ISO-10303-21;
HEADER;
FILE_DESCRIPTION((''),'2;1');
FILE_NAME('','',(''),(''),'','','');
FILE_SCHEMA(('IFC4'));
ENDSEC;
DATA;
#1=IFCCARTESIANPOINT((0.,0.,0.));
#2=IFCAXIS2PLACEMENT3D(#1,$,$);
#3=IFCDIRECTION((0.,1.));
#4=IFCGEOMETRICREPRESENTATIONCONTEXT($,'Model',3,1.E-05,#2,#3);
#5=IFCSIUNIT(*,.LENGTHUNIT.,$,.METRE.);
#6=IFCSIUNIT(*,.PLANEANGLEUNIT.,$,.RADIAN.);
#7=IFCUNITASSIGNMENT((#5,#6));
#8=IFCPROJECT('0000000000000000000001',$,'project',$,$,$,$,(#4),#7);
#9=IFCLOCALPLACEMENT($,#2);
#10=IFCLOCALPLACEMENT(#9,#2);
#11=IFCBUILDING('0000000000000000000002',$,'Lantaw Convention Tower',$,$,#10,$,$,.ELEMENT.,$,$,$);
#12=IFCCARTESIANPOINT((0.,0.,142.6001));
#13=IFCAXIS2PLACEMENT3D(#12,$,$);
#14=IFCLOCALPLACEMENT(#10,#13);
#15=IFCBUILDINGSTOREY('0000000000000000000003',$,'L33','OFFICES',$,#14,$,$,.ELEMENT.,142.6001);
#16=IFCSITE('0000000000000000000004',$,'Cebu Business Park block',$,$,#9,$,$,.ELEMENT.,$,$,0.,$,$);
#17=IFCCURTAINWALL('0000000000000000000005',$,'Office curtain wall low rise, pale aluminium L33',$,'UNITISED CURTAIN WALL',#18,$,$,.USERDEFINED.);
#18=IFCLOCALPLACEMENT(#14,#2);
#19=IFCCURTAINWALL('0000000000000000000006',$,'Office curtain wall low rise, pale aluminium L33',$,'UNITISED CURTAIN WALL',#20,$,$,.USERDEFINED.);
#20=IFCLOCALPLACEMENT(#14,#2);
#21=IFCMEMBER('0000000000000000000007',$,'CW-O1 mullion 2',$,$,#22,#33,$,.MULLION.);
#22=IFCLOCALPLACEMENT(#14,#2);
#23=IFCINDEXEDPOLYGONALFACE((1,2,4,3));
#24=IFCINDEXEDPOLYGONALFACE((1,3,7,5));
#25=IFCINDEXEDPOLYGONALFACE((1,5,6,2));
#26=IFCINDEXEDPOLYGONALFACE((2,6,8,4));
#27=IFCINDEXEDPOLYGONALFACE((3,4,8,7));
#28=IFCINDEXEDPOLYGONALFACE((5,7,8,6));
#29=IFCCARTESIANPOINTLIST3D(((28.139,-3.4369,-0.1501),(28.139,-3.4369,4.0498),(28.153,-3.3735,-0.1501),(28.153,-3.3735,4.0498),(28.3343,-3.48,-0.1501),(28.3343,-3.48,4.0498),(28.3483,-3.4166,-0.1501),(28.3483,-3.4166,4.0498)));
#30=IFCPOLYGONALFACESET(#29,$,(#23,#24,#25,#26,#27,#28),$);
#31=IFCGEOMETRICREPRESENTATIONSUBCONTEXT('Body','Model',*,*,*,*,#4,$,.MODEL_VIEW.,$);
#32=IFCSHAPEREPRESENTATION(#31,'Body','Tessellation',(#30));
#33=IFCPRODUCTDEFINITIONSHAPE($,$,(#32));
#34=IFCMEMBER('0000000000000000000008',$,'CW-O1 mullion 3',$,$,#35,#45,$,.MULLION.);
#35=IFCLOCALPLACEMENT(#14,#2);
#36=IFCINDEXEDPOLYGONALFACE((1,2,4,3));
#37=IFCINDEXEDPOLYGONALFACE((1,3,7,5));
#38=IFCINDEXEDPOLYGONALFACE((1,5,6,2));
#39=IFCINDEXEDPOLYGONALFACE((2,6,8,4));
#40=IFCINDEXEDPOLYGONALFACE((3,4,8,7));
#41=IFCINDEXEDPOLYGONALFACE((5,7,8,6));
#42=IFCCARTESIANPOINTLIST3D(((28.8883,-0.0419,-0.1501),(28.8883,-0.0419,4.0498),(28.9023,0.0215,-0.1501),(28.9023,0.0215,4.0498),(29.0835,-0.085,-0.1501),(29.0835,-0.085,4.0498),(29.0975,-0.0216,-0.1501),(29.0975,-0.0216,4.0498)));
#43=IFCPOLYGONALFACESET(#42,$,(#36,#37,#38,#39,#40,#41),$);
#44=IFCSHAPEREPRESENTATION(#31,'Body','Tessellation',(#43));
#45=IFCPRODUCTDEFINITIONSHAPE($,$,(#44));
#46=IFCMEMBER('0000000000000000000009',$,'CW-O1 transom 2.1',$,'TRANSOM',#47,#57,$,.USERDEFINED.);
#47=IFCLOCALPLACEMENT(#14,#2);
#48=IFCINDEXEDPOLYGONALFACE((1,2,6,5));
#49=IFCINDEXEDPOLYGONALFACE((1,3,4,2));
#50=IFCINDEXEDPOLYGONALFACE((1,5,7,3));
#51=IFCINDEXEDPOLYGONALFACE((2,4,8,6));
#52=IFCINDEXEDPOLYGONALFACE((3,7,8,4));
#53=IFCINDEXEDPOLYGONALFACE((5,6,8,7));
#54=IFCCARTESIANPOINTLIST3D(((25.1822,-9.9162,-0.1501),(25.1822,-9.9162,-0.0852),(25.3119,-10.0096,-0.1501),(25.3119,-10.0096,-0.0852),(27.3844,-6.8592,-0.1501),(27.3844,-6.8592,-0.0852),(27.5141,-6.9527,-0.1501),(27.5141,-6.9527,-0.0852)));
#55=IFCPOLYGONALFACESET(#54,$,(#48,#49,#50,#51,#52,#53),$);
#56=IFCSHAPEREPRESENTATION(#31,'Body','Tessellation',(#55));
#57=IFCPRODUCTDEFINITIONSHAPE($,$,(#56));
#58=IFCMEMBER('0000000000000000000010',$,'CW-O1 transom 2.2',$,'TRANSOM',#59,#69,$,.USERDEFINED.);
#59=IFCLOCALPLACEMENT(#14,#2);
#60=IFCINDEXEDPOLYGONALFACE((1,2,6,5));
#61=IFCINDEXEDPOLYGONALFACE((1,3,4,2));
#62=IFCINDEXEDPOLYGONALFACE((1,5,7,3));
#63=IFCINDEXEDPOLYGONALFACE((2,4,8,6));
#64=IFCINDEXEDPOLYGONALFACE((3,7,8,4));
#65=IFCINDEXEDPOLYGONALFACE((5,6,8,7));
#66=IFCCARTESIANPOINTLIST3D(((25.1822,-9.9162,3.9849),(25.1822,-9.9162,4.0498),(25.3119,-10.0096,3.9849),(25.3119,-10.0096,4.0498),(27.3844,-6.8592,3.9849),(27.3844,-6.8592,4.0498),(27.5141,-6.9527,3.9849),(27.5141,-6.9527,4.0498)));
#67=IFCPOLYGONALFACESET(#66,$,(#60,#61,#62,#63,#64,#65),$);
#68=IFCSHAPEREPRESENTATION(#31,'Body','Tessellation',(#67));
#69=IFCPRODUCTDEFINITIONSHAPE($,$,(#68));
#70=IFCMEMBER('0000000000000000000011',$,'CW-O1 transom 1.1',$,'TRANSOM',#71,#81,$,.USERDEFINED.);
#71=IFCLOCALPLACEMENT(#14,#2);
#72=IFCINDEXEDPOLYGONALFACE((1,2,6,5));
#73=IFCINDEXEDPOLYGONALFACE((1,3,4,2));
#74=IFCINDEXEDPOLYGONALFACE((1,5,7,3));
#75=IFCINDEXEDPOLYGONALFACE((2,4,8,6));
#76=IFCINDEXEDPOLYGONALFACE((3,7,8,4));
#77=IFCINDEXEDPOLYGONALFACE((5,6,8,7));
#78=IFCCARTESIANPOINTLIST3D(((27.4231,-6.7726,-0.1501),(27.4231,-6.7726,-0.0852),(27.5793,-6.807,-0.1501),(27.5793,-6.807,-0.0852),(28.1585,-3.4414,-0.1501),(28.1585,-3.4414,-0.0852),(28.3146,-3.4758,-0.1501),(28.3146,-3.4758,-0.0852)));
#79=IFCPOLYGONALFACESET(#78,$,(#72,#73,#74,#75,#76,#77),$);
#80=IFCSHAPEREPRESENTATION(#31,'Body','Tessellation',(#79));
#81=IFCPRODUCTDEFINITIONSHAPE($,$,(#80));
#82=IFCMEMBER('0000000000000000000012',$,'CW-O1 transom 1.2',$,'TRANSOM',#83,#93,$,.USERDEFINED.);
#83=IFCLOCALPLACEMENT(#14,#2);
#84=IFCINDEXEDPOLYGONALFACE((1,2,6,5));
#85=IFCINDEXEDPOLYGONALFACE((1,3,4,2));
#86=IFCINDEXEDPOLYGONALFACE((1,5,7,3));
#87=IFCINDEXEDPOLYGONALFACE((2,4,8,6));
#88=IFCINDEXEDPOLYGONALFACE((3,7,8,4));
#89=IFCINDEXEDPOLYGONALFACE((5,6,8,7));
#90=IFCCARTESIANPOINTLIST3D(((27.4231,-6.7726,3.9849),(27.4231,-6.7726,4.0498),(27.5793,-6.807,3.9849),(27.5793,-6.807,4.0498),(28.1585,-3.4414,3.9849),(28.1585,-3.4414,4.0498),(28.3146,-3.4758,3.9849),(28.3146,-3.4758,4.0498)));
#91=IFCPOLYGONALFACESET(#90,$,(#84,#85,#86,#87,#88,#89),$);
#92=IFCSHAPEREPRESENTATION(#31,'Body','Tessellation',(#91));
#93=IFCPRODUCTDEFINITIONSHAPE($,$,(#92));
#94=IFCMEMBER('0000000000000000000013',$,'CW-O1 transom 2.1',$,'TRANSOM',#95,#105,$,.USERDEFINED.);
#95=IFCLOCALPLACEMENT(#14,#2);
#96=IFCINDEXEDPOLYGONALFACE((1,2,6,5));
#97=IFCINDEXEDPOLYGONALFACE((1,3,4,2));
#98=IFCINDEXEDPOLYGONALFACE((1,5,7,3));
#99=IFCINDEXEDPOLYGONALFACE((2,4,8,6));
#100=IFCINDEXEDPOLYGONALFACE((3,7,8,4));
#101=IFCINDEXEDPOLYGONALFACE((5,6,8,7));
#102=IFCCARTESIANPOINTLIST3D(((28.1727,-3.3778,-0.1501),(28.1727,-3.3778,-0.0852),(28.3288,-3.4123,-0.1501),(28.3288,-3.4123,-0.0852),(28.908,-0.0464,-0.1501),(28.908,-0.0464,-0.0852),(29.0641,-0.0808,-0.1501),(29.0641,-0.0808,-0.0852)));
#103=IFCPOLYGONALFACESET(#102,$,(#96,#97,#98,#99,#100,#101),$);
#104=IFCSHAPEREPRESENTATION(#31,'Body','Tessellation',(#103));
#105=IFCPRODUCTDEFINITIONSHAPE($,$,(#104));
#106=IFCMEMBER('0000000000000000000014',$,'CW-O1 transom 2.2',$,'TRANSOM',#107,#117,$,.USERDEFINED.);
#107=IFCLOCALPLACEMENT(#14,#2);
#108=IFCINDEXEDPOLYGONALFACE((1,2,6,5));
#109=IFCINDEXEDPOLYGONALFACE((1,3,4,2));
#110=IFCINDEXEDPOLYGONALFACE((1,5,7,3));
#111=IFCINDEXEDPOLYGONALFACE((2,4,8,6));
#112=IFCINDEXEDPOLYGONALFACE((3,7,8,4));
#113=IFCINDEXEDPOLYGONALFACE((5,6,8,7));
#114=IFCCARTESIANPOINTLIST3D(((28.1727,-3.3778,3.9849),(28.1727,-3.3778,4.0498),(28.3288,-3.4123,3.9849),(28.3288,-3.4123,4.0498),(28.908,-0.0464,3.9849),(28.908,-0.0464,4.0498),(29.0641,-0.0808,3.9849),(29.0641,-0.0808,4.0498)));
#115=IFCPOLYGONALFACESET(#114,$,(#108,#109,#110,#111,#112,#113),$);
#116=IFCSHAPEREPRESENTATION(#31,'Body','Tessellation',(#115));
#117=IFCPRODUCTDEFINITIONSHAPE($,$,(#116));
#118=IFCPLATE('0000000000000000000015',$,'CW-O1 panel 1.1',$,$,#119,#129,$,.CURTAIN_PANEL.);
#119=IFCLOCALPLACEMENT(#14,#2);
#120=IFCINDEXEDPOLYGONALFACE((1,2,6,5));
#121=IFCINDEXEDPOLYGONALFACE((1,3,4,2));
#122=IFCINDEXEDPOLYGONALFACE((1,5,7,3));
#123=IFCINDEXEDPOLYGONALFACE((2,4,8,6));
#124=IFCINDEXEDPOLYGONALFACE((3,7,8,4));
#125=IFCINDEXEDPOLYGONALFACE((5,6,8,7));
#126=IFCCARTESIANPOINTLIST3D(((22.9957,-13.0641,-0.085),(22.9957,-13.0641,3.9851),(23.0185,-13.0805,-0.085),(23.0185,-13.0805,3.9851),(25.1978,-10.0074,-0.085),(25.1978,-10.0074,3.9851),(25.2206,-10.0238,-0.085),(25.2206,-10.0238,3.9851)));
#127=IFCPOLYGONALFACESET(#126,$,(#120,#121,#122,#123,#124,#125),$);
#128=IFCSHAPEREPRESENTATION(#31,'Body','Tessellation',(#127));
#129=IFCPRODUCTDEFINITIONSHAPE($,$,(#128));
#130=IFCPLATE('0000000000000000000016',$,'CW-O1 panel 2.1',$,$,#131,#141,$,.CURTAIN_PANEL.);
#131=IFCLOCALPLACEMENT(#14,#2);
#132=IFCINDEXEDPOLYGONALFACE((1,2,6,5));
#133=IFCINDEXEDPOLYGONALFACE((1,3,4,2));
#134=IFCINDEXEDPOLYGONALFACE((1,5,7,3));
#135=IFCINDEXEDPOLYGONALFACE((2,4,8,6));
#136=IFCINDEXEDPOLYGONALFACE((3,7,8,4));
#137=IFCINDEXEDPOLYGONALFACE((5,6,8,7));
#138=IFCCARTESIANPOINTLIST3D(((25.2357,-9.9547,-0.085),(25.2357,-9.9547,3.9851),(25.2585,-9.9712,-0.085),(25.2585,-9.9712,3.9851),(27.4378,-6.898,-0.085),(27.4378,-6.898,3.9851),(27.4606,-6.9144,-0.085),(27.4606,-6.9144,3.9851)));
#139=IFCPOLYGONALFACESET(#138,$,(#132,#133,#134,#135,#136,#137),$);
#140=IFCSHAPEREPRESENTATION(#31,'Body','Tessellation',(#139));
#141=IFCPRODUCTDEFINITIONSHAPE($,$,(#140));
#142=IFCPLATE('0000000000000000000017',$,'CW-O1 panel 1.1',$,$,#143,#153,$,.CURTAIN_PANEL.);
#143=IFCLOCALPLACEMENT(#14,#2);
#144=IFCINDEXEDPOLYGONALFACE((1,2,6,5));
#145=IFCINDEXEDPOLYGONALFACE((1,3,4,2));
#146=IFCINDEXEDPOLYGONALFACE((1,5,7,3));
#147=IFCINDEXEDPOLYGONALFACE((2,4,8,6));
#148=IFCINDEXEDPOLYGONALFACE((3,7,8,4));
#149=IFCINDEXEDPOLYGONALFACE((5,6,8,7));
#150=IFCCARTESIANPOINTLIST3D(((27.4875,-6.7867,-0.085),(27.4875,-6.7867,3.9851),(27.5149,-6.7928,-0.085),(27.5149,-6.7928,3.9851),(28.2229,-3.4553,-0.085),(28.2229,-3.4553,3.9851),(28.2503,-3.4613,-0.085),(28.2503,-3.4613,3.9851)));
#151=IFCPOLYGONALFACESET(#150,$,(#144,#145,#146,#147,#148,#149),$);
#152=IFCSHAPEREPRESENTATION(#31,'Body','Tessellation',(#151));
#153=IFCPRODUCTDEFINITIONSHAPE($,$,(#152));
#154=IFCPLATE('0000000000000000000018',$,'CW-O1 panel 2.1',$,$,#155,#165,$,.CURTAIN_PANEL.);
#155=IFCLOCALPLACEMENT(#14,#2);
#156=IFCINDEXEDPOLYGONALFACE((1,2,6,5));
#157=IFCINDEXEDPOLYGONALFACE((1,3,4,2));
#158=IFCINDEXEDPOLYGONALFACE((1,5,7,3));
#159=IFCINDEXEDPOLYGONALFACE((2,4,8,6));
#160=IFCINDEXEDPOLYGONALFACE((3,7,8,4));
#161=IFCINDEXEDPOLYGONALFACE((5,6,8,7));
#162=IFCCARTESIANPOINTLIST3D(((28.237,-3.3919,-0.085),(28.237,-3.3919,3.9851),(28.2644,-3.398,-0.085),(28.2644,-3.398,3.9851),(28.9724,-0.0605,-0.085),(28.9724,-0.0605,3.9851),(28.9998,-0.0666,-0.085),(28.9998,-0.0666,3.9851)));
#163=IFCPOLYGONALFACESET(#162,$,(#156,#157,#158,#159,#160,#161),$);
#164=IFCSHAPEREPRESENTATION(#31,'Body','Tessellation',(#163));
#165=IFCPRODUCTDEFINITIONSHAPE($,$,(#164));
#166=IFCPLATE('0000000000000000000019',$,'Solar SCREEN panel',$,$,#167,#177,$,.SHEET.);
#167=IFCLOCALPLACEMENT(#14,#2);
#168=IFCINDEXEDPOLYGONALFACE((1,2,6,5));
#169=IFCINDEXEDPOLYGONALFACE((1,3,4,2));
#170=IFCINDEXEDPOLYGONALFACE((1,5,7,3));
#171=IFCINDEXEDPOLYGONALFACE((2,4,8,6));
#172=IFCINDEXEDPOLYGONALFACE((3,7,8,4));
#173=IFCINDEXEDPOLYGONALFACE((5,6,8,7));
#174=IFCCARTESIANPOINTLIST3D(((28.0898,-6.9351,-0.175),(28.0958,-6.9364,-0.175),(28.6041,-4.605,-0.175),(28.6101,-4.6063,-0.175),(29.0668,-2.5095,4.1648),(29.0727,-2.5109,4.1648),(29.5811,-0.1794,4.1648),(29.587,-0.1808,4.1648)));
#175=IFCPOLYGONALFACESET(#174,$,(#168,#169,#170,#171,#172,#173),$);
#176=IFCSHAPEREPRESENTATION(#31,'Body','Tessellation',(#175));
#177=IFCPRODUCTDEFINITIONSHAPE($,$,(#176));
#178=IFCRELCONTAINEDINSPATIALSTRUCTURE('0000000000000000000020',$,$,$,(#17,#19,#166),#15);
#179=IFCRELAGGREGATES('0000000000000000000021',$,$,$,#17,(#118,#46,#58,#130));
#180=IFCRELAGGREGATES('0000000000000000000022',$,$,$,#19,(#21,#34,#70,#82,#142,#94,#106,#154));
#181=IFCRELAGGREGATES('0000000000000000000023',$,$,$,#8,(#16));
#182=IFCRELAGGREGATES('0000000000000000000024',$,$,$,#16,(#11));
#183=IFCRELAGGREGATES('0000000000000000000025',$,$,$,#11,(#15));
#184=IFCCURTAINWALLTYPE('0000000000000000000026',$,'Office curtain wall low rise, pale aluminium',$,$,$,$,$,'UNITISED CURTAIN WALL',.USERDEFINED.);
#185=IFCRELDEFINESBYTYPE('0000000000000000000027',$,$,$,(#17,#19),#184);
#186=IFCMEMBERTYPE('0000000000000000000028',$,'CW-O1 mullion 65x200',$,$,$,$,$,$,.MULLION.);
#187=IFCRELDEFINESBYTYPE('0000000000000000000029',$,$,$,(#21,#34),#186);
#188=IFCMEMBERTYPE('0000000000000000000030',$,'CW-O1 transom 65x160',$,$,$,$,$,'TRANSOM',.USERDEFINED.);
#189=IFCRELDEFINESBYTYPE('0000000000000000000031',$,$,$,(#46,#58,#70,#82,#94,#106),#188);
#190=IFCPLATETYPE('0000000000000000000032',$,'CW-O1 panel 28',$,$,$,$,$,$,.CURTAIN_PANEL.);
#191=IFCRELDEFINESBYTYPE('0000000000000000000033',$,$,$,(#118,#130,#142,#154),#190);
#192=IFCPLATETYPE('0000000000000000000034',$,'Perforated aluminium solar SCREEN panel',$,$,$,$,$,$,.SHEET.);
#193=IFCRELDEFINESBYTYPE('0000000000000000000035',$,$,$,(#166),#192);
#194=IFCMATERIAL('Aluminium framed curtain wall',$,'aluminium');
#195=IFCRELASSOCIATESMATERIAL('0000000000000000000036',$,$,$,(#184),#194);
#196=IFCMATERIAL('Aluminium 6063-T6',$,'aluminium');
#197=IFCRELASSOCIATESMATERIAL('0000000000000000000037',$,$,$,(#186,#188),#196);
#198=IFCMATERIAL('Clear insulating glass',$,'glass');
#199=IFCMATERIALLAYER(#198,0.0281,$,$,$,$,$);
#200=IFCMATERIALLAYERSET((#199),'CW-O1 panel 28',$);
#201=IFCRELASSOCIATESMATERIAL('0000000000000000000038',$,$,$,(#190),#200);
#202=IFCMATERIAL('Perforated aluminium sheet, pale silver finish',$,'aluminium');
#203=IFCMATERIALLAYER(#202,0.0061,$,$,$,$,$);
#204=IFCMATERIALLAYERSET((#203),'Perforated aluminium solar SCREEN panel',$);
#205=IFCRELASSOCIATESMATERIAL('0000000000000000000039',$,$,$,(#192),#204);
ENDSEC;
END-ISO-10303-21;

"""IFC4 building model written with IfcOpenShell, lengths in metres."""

from ifc_helpers import new_model, si_unit, direction, frame, origin, origin_2d, place, context, subcontext, project, spatial, polyline, rectangle, outline, extrude, material, layer, layer_set, material_profile, profile_set, type_object, element, aggregate, save


model = new_model("IFC4")

# Units and contexts
model_context = context("Model", 3, precision=1e-05, world=origin(), true_north=direction((0.0, 1.0)))
body_context = subcontext(model_context, "Body", "Model", "MODEL_VIEW")
ifc_project = project(units=[si_unit("LENGTHUNIT", "METRE"), si_unit("PLANEANGLEUNIT", "RADIAN")], contexts=[model_context])

# Site, building, storey
site_placement = place(None, origin())
site = spatial("IfcSite", under=ifc_project, at=site_placement, Name="Cebu Business Park block", CompositionType="ELEMENT", RefElevation=0.0)
building_placement = place(site_placement, origin())
building = spatial("IfcBuilding", under=site, at=building_placement, Name="Lantaw Convention Tower", CompositionType="ELEMENT")
storey_placement = place(building_placement, frame((0.0, 0.0, 142.6001)))
storey = spatial("IfcBuildingStorey", under=building, at=storey_placement, Name="L33", Description="OFFICES", CompositionType="ELEMENT", Elevation=142.6001)

# Curtain walls, members
ifc_material_1 = material(Name="Aluminium framed curtain wall", Category="aluminium")
curtain_wall_type = type_object("IfcCurtainWallType", Name="Office curtain wall low rise, pale aluminium", ElementType="UNITISED CURTAIN WALL", PredefinedType="USERDEFINED", material=ifc_material_1)
curtain_wall_1_placement = place(storey_placement, origin())
curtain_wall_1 = element("IfcCurtainWall", 1, at=curtain_wall_1_placement, inside=storey, type_object=curtain_wall_type, Name="Office curtain wall low rise, pale aluminium L33", ObjectType="UNITISED CURTAIN WALL", PredefinedType="USERDEFINED")
ifc_material_2 = material(Name="Aluminium 6063-T6", Category="aluminium")
ifc_material_profile_1 = material_profile(ifc_material_2, rectangle(XDim=0.2, YDim=0.0649, at=origin_2d()), Name="CW-O1 mullion 65x200")
ifc_profile_set_1 = profile_set([ifc_material_profile_1], Name="Aluminium 6063-T6")
member_type_1 = type_object("IfcMemberType", Name="CW-O1 mullion 65x200", PredefinedType="MULLION", material=ifc_profile_set_1)
curtain_wall_2_placement = place(storey_placement, origin())
curtain_wall_2 = element("IfcCurtainWall", 2, at=curtain_wall_2_placement, inside=storey, type_object=curtain_wall_type, Name="Office curtain wall low rise, pale aluminium L33", ObjectType="UNITISED CURTAIN WALL", PredefinedType="USERDEFINED")
member_1_placement = place(storey_placement, frame((28.2437, -3.4268, -0.1501), z_axis=(0.0, 0.0, 1.0), x_axis=(-0.976494, 0.215546, 0.0)))
member_1 = element("IfcMember", 3, at=member_1_placement, type_object=member_type_1, Name="CW-O1 mullion 2", PredefinedType="MULLION", context=body_context, shape_type="SweptSolid", body=[
    extrude(rectangle(XDim=0.2, YDim=0.0649, at=origin_2d()), origin(), (0.0, 0.0, 1.0), 4.2),
])
member_2_placement = place(storey_placement, frame((28.9929, -0.0317, -0.1501), z_axis=(0.0, 0.0, 1.0), x_axis=(-0.976494, 0.215546, 0.0)))
member_2 = element("IfcMember", 4, at=member_2_placement, type_object=member_type_1, Name="CW-O1 mullion 3", PredefinedType="MULLION", context=body_context, shape_type="SweptSolid", body=[
    extrude(rectangle(XDim=0.2, YDim=0.0649, at=origin_2d()), origin(), (0.0, 0.0, 1.0), 4.2),
])

# Members
ifc_material_profile_2 = material_profile(ifc_material_2, rectangle(XDim=0.1599, YDim=0.0649, at=origin_2d()), Name="CW-O1 transom 65x160")
ifc_profile_set_2 = profile_set([ifc_material_profile_2], Name="Aluminium 6063-T6")
member_type_2 = type_object("IfcMemberType", Name="CW-O1 transom 65x160", ElementType="TRANSOM", PredefinedType="USERDEFINED", material=ifc_profile_set_2)
member_3_placement = place(storey_placement, frame((25.2471, -9.9629, -0.1177), z_axis=(0.584513, 0.811384, 0.0), x_axis=(-0.811384, 0.584513, 0.0)))
member_3 = element("IfcMember", 5, at=member_3_placement, type_object=member_type_2, Name="CW-O1 transom 2.1", ObjectType="TRANSOM", PredefinedType="USERDEFINED", context=body_context, shape_type="SweptSolid", body=[
    extrude(rectangle(XDim=0.1599, YDim=0.0649, at=origin_2d()), origin(), (0.0, 0.0, 1.0), 3.7676),
])
member_4_placement = place(storey_placement, frame((25.2471, -9.9629, 4.0173), z_axis=(0.584513, 0.811384, 0.0), x_axis=(-0.811384, 0.584513, 0.0)))
member_4 = element("IfcMember", 6, at=member_4_placement, type_object=member_type_2, Name="CW-O1 transom 2.2", ObjectType="TRANSOM", PredefinedType="USERDEFINED", context=body_context, shape_type="SweptSolid", body=[
    extrude(rectangle(XDim=0.1599, YDim=0.0649, at=origin_2d()), origin(), (0.0, 0.0, 1.0), 3.7676),
])
member_5_placement = place(storey_placement, frame((27.5012, -6.7898, -0.1177), z_axis=(0.215551, 0.976493, 0.0), x_axis=(-0.976493, 0.215551, 0.0)))
member_5 = element("IfcMember", 7, at=member_5_placement, type_object=member_type_2, Name="CW-O1 transom 1.1", ObjectType="TRANSOM", PredefinedType="USERDEFINED", context=body_context, shape_type="SweptSolid", body=[
    extrude(rectangle(XDim=0.1599, YDim=0.0649, at=origin_2d()), origin(), (0.0, 0.0, 1.0), 3.4114),
])
member_6_placement = place(storey_placement, frame((27.5012, -6.7898, 4.0173), z_axis=(0.215551, 0.976493, 0.0), x_axis=(-0.976493, 0.215551, 0.0)))
member_6 = element("IfcMember", 8, at=member_6_placement, type_object=member_type_2, Name="CW-O1 transom 1.2", ObjectType="TRANSOM", PredefinedType="USERDEFINED", context=body_context, shape_type="SweptSolid", body=[
    extrude(rectangle(XDim=0.1599, YDim=0.0649, at=origin_2d()), origin(), (0.0, 0.0, 1.0), 3.4114),
])
member_7_placement = place(storey_placement, frame((28.2507, -3.395, -0.1177), z_axis=(0.215536, 0.976496, 0.0), x_axis=(-0.976496, 0.215536, 0.0)))
member_7 = element("IfcMember", 9, at=member_7_placement, type_object=member_type_2, Name="CW-O1 transom 2.1", ObjectType="TRANSOM", PredefinedType="USERDEFINED", context=body_context, shape_type="SweptSolid", body=[
    extrude(rectangle(XDim=0.1599, YDim=0.0649, at=origin_2d()), origin(), (0.0, 0.0, 1.0), 3.4116),
])
member_8_placement = place(storey_placement, frame((28.2507, -3.395, 4.0173), z_axis=(0.215536, 0.976496, 0.0), x_axis=(-0.976496, 0.215536, 0.0)))
member_8 = element("IfcMember", 10, at=member_8_placement, type_object=member_type_2, Name="CW-O1 transom 2.2", ObjectType="TRANSOM", PredefinedType="USERDEFINED", context=body_context, shape_type="SweptSolid", body=[
    extrude(rectangle(XDim=0.1599, YDim=0.0649, at=origin_2d()), origin(), (0.0, 0.0, 1.0), 3.4116),
])

# Plates
ifc_material_3 = material(Name="Clear insulating glass", Category="glass")
ifc_layer_1 = layer(ifc_material_3, 0.0281)
ifc_layer_set_1 = layer_set([ifc_layer_1], Name="CW-O1 panel 28")
plate_type_1 = type_object("IfcPlateType", Name="CW-O1 panel 28", PredefinedType="CURTAIN_PANEL", material=ifc_layer_set_1)
plate_1_placement = place(storey_placement, frame((24.1082, -11.5439, -0.085), z_axis=(0.0, 0.0, 1.0), x_axis=(0.584513, 0.811385, 0.0)))
plate_1 = element("IfcPlate", 11, at=plate_1_placement, type_object=plate_type_1, Name="CW-O1 panel 1.1", PredefinedType="CURTAIN_PANEL", context=body_context, shape_type="SweptSolid", body=[
    extrude(rectangle(XDim=3.7673, YDim=0.0281, at=origin_2d()), origin(), (0.0, 0.0, 1.0), 4.0701),
])
plate_2_placement = place(storey_placement, frame((26.3481, -8.4346, -0.085), z_axis=(0.0, 0.0, 1.0), x_axis=(0.584513, 0.811385, 0.0)))
plate_2 = element("IfcPlate", 12, at=plate_2_placement, type_object=plate_type_1, Name="CW-O1 panel 2.1", PredefinedType="CURTAIN_PANEL", context=body_context, shape_type="SweptSolid", body=[
    extrude(rectangle(XDim=3.7673, YDim=0.0281, at=origin_2d()), origin(), (0.0, 0.0, 1.0), 4.0701),
])
aggregate(curtain_wall_1, [plate_1, member_3, member_4, plate_2])
plate_3_placement = place(storey_placement, frame((27.8689, -5.124, -0.085), z_axis=(0.0, 0.0, 1.0), x_axis=(0.215546, 0.976494, 0.0)))
plate_3 = element("IfcPlate", 13, at=plate_3_placement, type_object=plate_type_1, Name="CW-O1 panel 1.1", PredefinedType="CURTAIN_PANEL", context=body_context, shape_type="SweptSolid", body=[
    extrude(rectangle(XDim=3.4116, YDim=0.0281, at=origin_2d()), origin(), (0.0, 0.0, 1.0), 4.0701),
])
plate_4_placement = place(storey_placement, frame((28.6184, -1.7292, -0.085), z_axis=(0.0, 0.0, 1.0), x_axis=(0.215546, 0.976494, 0.0)))
plate_4 = element("IfcPlate", 14, at=plate_4_placement, type_object=plate_type_1, Name="CW-O1 panel 2.1", PredefinedType="CURTAIN_PANEL", context=body_context, shape_type="SweptSolid", body=[
    extrude(rectangle(XDim=3.4116, YDim=0.0281, at=origin_2d()), origin(), (0.0, 0.0, 1.0), 4.0701),
])
aggregate(curtain_wall_2, [member_1, member_2, member_5, member_6, plate_3, member_7, member_8, plate_4])
ifc_material_4 = material(Name="Perforated aluminium sheet, pale silver finish", Category="aluminium")
ifc_layer_2 = layer(ifc_material_4, 0.0061)
ifc_layer_set_2 = layer_set([ifc_layer_2], Name="Perforated aluminium solar SCREEN panel")
plate_type_2 = type_object("IfcPlateType", Name="Perforated aluminium solar SCREEN panel", PredefinedType="SHEET", material=ifc_layer_set_2)
plate_5_placement = place(storey_placement, frame((28.0898, -6.9351, -0.175), z_axis=(-0.976498, 0.215527, 0.000033), x_axis=(0.215527, 0.976498, 0.0)))
element("IfcPlate", 15, at=plate_5_placement, inside=storey, type_object=plate_type_2, Name="Solar SCREEN panel", PredefinedType="SHEET", context=body_context, shape_type="SweptSolid", body=[
    extrude(outline(polyline([(0.0, 0.0), (2.3861, 0.0), (6.9182, -4.3398), (4.5321, -4.3398), (0.0, 0.0)])), origin(), (0.0, 0.0, -1.0), 0.0061),
])

save(model, "model.ifc")
